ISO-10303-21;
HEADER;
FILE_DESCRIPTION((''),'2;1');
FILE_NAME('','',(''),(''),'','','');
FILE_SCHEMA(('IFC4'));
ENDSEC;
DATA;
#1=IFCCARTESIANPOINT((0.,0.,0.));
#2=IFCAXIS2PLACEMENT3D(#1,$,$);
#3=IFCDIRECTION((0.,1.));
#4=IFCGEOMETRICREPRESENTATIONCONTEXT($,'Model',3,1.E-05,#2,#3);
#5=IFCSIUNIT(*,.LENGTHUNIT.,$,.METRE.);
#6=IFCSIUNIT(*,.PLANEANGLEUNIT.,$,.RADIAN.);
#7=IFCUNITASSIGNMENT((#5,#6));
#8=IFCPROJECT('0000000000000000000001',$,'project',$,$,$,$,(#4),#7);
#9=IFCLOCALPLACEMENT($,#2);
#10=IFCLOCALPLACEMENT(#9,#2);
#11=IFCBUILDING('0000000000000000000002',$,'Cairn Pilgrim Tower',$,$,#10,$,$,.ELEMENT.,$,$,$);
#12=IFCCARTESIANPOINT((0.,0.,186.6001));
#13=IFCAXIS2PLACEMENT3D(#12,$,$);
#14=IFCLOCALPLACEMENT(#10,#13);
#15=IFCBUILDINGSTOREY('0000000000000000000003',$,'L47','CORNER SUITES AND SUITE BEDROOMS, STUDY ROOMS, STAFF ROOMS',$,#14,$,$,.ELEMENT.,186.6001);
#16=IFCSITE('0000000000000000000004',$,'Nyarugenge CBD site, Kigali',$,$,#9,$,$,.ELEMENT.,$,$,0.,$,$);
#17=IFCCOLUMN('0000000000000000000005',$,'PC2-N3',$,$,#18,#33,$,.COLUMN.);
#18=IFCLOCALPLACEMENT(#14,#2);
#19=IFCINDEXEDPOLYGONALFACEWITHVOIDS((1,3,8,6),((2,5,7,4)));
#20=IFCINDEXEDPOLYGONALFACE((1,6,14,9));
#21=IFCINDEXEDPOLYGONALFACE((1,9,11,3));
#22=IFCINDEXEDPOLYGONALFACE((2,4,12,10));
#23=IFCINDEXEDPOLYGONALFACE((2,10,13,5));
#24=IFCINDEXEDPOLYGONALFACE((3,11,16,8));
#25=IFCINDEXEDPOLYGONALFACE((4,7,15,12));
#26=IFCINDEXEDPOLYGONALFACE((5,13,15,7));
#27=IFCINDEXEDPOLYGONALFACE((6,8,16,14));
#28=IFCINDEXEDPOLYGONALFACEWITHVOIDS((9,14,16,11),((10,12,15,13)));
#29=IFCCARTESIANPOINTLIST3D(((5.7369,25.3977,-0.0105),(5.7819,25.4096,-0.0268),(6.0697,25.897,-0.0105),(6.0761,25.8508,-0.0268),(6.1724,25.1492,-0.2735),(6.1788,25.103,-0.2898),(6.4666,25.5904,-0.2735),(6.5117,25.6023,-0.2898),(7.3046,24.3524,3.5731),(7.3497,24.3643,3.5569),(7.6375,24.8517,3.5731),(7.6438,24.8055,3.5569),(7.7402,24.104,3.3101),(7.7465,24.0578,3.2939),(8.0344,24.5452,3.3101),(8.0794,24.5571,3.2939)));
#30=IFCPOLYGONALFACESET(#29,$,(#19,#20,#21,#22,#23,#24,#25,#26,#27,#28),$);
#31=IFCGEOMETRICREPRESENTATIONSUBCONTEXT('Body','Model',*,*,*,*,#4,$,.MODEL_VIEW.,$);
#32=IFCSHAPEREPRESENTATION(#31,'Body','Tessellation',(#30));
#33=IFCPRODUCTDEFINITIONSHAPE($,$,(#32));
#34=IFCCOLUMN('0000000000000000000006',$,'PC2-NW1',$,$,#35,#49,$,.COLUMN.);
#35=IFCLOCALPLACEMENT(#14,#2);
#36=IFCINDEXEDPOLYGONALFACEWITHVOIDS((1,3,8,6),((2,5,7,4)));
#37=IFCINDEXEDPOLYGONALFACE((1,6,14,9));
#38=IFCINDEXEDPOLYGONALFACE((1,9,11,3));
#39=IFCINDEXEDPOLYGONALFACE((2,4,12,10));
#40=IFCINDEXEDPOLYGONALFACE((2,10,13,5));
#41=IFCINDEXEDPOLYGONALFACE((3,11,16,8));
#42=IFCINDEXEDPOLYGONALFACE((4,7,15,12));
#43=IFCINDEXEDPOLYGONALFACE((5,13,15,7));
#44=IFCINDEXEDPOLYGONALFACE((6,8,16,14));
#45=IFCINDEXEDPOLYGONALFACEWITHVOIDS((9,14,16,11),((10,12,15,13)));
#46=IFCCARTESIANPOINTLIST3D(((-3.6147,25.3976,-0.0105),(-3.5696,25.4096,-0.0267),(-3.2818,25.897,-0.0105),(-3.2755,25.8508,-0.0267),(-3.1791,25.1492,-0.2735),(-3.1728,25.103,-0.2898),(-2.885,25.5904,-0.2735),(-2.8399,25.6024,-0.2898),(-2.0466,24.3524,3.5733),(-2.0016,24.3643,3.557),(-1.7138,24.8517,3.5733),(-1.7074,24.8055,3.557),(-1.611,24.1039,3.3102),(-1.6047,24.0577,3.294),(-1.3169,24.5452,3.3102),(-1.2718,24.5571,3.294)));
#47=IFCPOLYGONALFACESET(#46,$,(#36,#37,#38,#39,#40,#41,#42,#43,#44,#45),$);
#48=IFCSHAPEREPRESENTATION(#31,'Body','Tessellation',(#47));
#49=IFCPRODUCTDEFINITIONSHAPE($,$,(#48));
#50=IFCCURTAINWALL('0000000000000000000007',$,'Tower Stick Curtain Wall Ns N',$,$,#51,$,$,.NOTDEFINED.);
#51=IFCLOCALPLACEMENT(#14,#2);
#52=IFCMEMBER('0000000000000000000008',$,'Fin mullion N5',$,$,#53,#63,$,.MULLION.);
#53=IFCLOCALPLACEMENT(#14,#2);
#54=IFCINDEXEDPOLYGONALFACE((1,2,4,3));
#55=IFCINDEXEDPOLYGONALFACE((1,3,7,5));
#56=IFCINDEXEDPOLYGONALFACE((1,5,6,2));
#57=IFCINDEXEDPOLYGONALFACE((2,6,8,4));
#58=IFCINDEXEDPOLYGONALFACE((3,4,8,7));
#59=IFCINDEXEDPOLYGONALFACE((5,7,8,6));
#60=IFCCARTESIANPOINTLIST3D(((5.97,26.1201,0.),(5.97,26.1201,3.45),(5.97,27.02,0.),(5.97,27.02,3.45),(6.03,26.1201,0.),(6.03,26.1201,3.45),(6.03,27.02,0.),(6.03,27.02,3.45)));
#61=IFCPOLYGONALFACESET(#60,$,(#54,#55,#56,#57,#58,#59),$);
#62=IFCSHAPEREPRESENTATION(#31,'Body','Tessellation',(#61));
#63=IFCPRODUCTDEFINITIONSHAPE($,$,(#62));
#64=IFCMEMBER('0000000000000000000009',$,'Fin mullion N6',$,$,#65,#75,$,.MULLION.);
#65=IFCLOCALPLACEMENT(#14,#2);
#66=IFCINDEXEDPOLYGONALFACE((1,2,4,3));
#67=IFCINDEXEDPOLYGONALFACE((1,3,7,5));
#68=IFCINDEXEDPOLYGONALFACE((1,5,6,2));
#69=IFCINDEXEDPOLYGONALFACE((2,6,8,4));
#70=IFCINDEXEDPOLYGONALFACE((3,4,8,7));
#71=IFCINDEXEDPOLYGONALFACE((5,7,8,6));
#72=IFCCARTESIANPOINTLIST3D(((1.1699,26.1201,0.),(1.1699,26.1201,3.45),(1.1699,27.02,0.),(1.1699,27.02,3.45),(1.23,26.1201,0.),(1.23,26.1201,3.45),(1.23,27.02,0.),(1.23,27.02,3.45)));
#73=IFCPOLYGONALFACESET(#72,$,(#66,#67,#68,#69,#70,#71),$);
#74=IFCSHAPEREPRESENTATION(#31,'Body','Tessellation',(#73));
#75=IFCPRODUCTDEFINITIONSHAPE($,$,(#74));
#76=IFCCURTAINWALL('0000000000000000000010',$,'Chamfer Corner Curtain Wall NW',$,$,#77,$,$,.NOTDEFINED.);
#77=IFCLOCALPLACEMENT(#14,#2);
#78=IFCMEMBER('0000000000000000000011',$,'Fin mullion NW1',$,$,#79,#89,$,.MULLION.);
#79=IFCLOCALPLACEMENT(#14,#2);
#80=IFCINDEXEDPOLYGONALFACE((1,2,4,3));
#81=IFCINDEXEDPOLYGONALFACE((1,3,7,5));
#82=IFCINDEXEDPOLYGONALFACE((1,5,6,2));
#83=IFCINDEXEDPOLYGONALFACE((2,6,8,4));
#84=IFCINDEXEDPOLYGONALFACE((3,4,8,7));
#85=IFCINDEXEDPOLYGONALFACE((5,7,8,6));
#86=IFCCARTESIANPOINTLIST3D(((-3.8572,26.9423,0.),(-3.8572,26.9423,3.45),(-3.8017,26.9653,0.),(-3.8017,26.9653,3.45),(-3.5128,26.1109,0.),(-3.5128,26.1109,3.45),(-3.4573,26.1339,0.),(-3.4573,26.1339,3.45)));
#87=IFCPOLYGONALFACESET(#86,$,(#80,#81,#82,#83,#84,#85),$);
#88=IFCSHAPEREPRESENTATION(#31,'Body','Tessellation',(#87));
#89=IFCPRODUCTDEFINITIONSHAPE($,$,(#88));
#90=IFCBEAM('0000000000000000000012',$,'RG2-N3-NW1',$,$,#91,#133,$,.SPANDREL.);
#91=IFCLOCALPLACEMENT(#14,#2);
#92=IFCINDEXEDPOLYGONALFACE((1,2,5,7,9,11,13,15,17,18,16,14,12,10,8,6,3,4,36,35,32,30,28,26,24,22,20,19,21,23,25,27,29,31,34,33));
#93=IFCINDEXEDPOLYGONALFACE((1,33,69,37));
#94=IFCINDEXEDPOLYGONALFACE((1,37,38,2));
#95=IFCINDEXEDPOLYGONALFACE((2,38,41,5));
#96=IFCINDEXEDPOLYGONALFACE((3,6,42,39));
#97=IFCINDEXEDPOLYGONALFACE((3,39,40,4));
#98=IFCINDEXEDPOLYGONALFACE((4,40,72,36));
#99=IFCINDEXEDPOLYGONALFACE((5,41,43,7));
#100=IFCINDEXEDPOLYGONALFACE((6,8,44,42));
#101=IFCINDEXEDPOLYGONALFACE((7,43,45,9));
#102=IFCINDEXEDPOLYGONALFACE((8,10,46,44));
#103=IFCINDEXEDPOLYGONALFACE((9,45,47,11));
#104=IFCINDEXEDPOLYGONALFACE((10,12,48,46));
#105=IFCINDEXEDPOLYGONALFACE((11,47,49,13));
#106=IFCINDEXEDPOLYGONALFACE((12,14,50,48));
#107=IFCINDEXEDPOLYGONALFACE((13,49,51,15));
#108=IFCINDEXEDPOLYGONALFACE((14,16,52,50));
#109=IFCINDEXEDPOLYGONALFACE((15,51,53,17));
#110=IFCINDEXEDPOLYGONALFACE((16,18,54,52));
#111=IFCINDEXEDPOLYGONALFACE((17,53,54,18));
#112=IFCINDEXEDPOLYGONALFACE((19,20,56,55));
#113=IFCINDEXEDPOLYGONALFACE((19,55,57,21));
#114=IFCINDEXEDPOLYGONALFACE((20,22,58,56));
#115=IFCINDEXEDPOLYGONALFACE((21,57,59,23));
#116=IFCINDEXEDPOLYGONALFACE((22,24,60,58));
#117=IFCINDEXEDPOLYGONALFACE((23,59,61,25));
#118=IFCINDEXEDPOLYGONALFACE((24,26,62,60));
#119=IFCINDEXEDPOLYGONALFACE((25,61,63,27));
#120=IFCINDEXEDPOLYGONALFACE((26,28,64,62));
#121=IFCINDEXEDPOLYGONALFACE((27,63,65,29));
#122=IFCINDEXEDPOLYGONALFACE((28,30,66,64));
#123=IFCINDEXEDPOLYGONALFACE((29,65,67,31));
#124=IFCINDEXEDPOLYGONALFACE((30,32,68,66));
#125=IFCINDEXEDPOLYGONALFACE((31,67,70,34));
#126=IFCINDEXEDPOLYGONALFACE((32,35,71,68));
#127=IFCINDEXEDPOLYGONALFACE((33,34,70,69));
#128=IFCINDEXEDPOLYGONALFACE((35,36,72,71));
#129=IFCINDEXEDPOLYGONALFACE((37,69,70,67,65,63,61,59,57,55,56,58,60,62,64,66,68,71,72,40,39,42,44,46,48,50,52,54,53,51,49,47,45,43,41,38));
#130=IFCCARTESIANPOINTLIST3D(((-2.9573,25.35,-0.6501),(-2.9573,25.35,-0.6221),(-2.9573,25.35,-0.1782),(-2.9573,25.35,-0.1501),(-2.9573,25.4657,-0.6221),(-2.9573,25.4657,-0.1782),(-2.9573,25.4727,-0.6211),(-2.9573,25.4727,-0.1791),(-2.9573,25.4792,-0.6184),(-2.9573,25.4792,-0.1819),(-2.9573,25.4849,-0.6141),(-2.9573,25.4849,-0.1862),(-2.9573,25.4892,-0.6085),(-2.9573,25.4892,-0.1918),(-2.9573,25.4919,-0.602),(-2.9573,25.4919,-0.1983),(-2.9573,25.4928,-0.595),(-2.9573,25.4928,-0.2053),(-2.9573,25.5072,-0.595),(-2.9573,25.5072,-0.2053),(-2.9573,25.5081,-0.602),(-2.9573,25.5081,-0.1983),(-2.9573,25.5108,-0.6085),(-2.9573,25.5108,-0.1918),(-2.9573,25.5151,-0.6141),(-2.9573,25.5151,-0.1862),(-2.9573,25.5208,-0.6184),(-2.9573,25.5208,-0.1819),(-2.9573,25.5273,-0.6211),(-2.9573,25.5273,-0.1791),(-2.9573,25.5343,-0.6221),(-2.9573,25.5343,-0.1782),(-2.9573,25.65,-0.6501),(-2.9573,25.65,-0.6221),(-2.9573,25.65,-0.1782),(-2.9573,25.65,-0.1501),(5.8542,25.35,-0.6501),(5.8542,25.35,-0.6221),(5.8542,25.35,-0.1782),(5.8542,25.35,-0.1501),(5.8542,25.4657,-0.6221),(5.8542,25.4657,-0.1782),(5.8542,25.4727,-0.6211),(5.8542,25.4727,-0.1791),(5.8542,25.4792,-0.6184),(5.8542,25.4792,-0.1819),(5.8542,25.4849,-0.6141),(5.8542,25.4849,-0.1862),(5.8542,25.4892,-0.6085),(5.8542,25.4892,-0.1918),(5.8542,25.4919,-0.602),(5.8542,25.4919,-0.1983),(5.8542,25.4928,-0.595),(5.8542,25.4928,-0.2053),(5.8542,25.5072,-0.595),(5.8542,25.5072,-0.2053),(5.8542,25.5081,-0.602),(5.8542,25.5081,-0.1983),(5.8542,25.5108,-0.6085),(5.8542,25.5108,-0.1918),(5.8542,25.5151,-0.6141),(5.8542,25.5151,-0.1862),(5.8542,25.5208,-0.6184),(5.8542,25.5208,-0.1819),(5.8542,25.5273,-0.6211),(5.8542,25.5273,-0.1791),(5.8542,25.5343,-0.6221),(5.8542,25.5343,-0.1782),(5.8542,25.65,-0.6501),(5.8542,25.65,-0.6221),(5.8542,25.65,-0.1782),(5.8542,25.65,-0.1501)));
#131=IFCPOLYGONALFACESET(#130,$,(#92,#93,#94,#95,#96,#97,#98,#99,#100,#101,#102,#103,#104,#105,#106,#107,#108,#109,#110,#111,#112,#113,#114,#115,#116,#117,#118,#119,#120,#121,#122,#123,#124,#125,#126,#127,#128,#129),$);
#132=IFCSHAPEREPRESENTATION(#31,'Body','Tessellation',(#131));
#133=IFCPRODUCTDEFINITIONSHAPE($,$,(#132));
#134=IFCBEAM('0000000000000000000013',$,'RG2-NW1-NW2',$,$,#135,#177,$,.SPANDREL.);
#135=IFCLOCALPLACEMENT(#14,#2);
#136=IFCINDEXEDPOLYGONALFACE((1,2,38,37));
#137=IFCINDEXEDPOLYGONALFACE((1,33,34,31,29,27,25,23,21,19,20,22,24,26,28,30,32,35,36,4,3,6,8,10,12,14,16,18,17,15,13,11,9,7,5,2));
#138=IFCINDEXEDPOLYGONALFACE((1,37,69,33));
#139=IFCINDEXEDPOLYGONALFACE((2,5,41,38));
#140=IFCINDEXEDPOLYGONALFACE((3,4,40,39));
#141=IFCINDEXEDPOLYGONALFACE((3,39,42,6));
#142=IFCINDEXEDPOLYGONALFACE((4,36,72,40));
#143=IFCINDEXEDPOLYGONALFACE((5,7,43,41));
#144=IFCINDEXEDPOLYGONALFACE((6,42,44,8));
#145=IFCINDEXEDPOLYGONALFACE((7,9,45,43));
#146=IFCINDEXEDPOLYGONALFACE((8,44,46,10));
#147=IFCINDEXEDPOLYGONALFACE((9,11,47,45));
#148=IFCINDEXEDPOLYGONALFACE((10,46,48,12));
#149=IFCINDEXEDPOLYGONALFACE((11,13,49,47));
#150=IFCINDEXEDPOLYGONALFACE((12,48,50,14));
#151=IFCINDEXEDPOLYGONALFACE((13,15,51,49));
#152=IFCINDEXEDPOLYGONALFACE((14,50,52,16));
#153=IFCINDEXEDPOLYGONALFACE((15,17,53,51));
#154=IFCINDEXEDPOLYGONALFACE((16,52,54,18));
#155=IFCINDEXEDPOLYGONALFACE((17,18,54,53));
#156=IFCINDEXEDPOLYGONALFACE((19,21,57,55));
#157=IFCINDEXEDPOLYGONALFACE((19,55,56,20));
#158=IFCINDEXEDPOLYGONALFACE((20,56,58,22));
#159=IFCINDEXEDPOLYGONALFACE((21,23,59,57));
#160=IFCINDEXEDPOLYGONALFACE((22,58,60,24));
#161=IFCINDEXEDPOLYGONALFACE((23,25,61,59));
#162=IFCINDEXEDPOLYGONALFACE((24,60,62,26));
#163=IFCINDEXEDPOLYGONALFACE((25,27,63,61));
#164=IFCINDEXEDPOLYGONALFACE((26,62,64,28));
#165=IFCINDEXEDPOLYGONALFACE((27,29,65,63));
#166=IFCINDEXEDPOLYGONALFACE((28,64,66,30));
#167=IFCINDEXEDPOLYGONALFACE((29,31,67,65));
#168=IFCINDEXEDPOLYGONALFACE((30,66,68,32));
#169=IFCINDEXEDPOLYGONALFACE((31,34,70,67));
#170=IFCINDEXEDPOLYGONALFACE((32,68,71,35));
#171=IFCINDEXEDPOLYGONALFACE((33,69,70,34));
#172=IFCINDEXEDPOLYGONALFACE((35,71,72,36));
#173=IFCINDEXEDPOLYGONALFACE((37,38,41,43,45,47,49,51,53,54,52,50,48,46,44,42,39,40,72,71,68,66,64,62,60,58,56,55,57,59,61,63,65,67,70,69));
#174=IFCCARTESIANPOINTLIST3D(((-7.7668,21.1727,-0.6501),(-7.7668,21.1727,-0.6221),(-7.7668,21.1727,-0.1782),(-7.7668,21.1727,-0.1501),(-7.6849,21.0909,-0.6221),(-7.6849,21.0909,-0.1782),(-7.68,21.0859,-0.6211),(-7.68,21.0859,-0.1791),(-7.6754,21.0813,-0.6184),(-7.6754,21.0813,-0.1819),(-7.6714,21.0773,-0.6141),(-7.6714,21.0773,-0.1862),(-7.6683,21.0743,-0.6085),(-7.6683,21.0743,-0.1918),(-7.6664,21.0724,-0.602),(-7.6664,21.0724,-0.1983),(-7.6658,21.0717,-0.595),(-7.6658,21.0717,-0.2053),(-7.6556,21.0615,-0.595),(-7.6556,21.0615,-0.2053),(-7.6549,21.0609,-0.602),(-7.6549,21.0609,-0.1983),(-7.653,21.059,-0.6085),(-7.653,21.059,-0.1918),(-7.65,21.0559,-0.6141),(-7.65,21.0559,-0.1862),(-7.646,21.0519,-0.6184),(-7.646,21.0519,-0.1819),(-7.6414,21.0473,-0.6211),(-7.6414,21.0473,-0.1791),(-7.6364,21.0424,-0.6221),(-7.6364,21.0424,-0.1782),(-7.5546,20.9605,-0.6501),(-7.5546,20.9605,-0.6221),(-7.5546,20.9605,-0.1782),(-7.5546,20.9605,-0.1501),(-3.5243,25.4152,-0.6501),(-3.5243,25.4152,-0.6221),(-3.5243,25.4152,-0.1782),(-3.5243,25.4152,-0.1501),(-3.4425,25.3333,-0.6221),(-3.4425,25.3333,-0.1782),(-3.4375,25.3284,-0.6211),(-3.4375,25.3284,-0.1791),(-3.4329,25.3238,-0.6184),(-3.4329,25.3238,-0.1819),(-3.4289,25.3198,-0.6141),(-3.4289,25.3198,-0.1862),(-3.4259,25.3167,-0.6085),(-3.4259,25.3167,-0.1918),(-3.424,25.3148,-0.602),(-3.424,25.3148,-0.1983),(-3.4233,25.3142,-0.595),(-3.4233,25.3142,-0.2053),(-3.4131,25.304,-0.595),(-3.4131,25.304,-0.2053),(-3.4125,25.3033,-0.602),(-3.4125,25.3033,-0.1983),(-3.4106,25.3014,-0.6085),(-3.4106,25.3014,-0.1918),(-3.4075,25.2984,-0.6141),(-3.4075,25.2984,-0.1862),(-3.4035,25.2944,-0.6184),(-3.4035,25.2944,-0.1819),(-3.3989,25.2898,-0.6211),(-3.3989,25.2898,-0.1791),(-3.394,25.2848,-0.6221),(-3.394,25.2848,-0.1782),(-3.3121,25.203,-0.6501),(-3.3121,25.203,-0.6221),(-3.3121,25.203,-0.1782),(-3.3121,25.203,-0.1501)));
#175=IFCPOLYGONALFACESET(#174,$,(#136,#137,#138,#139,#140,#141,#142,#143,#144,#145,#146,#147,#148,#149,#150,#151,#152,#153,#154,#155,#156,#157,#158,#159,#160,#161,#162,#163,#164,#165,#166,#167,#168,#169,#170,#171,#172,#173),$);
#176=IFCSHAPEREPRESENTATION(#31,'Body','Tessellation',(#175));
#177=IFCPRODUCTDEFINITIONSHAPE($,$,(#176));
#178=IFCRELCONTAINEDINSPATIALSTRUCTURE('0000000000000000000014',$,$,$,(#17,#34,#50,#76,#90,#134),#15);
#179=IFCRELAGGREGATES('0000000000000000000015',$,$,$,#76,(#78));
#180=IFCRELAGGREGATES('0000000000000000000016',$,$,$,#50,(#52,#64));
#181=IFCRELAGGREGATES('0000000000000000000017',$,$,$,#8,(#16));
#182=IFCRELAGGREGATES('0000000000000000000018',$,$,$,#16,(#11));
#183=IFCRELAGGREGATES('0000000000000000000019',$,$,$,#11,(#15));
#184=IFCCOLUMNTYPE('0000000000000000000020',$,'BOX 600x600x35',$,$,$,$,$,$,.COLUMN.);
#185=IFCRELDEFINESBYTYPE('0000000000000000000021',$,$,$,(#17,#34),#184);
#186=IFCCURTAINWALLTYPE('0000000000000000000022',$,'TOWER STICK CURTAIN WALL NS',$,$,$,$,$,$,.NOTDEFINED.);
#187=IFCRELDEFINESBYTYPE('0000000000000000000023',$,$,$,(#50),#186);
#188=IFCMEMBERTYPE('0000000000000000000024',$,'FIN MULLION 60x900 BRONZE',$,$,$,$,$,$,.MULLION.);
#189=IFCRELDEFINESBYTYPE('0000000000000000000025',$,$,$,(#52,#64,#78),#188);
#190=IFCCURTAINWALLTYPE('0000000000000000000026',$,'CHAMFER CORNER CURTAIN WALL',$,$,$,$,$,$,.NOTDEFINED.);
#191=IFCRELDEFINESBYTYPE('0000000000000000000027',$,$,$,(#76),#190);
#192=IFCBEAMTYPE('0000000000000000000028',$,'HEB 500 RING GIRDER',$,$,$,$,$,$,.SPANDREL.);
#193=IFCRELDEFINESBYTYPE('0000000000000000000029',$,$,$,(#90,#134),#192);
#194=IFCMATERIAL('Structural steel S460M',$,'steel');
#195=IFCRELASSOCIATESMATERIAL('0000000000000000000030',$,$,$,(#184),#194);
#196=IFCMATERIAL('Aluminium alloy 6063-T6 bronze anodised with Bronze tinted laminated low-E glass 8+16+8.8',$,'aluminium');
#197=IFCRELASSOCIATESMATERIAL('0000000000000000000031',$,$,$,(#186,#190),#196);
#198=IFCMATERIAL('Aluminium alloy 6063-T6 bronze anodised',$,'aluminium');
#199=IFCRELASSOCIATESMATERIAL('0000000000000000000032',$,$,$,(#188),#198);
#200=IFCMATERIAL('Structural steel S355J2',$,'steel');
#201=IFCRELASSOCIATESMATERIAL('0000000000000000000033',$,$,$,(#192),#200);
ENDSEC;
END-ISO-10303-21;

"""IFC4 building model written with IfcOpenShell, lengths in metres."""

from ifc_helpers import new_model, si_unit, direction, frame, origin, origin_2d, place, context, subcontext, project, spatial, rectangle, hollow_rectangle, i_section, extrude, clip, halfspace, material, material_profile, profile_set, type_object, element, aggregate, save


model = new_model("IFC4")

# Units and contexts
model_context = context("Model", 3, precision=1e-05, world=origin(), true_north=direction((0.0, 1.0)))
body_context = subcontext(model_context, "Body", "Model", "MODEL_VIEW")
ifc_project = project(units=[si_unit("LENGTHUNIT", "METRE"), si_unit("PLANEANGLEUNIT", "RADIAN")], contexts=[model_context])

# Site, building, storey
site_placement = place(None, origin())
site = spatial("IfcSite", under=ifc_project, at=site_placement, Name="Nyarugenge CBD site, Kigali", CompositionType="ELEMENT", RefElevation=0.0)
building_placement = place(site_placement, origin())
building = spatial("IfcBuilding", under=site, at=building_placement, Name="Cairn Pilgrim Tower", CompositionType="ELEMENT")
storey_placement = place(building_placement, frame((0.0, 0.0, 186.6001)))
storey = spatial("IfcBuildingStorey", under=building, at=storey_placement, Name="L47", Description="CORNER SUITES AND SUITE BEDROOMS, STUDY ROOMS, STAFF ROOMS", CompositionType="ELEMENT", Elevation=186.6001)

# Columns
ifc_material_1 = material(Name="Structural steel S460M", Category="steel")
ifc_material_profile_1 = material_profile(ifc_material_1, hollow_rectangle(XDim=0.6001, YDim=0.6001, WallThickness=0.0349, at=origin_2d()), Name="BOX 600x600x35")
ifc_profile_set_1 = profile_set([ifc_material_profile_1], Name="Structural steel S460M")
column_type = type_object("IfcColumnType", Name="BOX 600x600x35", PredefinedType="COLUMN", material=ifc_profile_set_1)
column_1_placement = place(storey_placement, frame((6.1243, 25.5, -0.1501), z_axis=(0.387213, -0.258162, 0.885109), x_axis=(0.55473, 0.83203, 0.0)))
element("IfcColumn", 1, at=column_1_placement, inside=storey, type_object=column_type, Name="PC2-N3", PredefinedType="COLUMN", context=body_context, shape_type="Clipping", body=[
    clip(extrude(hollow_rectangle(XDim=0.6001, YDim=0.6001, WallThickness=0.0349, at=origin_2d()), origin(), (0.0, 0.0, 1.0), 4.0674), halfspace(frame((0.0, 0.0, 4.0488), z_axis=(0.0, 0.0, 1.0), x_axis=(1.0, 0.0, 0.0)), False)),
])
column_2_placement = place(storey_placement, frame((-3.2273, 25.5, -0.1501), z_axis=(0.387264, -0.258156, 0.885089), x_axis=(0.55467, 0.83207, 0.0)))
element("IfcColumn", 2, at=column_2_placement, inside=storey, type_object=column_type, Name="PC2-NW1", PredefinedType="COLUMN", context=body_context, shape_type="Clipping", body=[
    clip(extrude(hollow_rectangle(XDim=0.6001, YDim=0.6001, WallThickness=0.0349, at=origin_2d()), origin(), (0.0, 0.0, 1.0), 4.0674), halfspace(frame((0.0, 0.0, 4.0491), z_axis=(0.0, 0.0, 1.0), x_axis=(1.0, 0.0, 0.0)), False)),
])

# Curtain wall, members
ifc_material_2 = material(Name="Aluminium alloy 6063-T6 bronze anodised with Bronze tinted laminated low-E glass 8+16+8.8", Category="aluminium")
curtain_wall_type_1 = type_object("IfcCurtainWallType", Name="TOWER STICK CURTAIN WALL NS", PredefinedType="NOTDEFINED", material=ifc_material_2)
curtain_wall_1_placement = place(storey_placement, origin())
curtain_wall_1 = element("IfcCurtainWall", 3, at=curtain_wall_1_placement, inside=storey, type_object=curtain_wall_type_1, Name="Tower Stick Curtain Wall Ns N", PredefinedType="NOTDEFINED")
ifc_material_3 = material(Name="Aluminium alloy 6063-T6 bronze anodised", Category="aluminium")
ifc_material_profile_2 = material_profile(ifc_material_3, rectangle(XDim=0.8999, YDim=0.0601, at=origin_2d()), Name="FIN MULLION 60x900 BRONZE")
ifc_profile_set_2 = profile_set([ifc_material_profile_2], Name="Aluminium alloy 6063-T6 bronze anodised")
member_type_1 = type_object("IfcMemberType", Name="FIN MULLION 60x900 BRONZE", PredefinedType="MULLION", material=ifc_profile_set_2)
member_1_placement = place(storey_placement, frame((6.0, 26.5701, 0.0), z_axis=(0.0, 0.0, 1.0), x_axis=(0.0, 1.0, 0.0)))
member_1 = element("IfcMember", 4, at=member_1_placement, type_object=member_type_1, Name="Fin mullion N5", PredefinedType="MULLION", context=body_context, shape_type="SweptSolid", body=[
    extrude(rectangle(XDim=0.8999, YDim=0.0601, at=origin_2d()), origin(), (0.0, 0.0, 1.0), 3.45),
])
member_2_placement = place(storey_placement, frame((1.2, 26.5701, 0.0), z_axis=(0.0, 0.0, 1.0), x_axis=(0.0, 1.0, 0.0)))
member_2 = element("IfcMember", 5, at=member_2_placement, type_object=member_type_1, Name="Fin mullion N6", PredefinedType="MULLION", context=body_context, shape_type="SweptSolid", body=[
    extrude(rectangle(XDim=0.8999, YDim=0.0601, at=origin_2d()), origin(), (0.0, 0.0, 1.0), 3.45),
])

# Curtain wall, member
curtain_wall_type_2 = type_object("IfcCurtainWallType", Name="CHAMFER CORNER CURTAIN WALL", PredefinedType="NOTDEFINED", material=ifc_material_2)
curtain_wall_2_placement = place(storey_placement, origin())
curtain_wall_2 = element("IfcCurtainWall", 6, at=curtain_wall_2_placement, inside=storey, type_object=curtain_wall_type_2, Name="Chamfer Corner Curtain Wall NW", PredefinedType="NOTDEFINED")
member_3_placement = place(storey_placement, frame((-3.6572, 26.5381, 0.0), z_axis=(0.0, 0.0, 1.0), x_axis=(-0.382683, 0.92388, 0.0)))
member_3 = element("IfcMember", 7, at=member_3_placement, type_object=member_type_1, Name="Fin mullion NW1", PredefinedType="MULLION", context=body_context, shape_type="SweptSolid", body=[
    extrude(rectangle(XDim=0.8999, YDim=0.0601, at=origin_2d()), origin(), (0.0, 0.0, 1.0), 3.45),
])
aggregate(curtain_wall_2, [member_3])

# Beams
ifc_material_4 = material(Name="Structural steel S355J2", Category="steel")
ifc_material_profile_3 = material_profile(ifc_material_4, i_section(OverallWidth=0.3, OverallDepth=0.5, WebThickness=0.0144, FlangeThickness=0.0281, FilletRadius=0.0271, at=origin_2d()), Name="HEB 500")
ifc_profile_set_3 = profile_set([ifc_material_profile_3], Name="Structural steel S355J2")
beam_type_1 = type_object("IfcBeamType", Name="HEB 500 RING GIRDER", PredefinedType="SPANDREL", material=ifc_profile_set_3)
beam_1_placement = place(storey_placement, frame((5.8542, 25.5, -0.4001), z_axis=(-1.0, 0.0, 0.0), x_axis=(0.0, -1.0, 0.0)))
element("IfcBeam", 8, at=beam_1_placement, inside=storey, type_object=beam_type_1, Name="RG2-N3-NW1", PredefinedType="SPANDREL", context=body_context, shape_type="SweptSolid", body=[
    extrude(i_section(OverallWidth=0.3, OverallDepth=0.5, WebThickness=0.0144, FlangeThickness=0.0281, FilletRadius=0.0271, at=origin_2d()), origin(), (0.0, 0.0, 1.0), 8.8115),
])
beam_2_placement = place(storey_placement, frame((-3.4182, 25.3091, -0.4001), z_axis=(-0.707107, -0.707107, 0.0), x_axis=(0.707107, -0.707107, 0.0)))
element("IfcBeam", 9, at=beam_2_placement, inside=storey, type_object=beam_type_1, Name="RG2-NW1-NW2", PredefinedType="SPANDREL", context=body_context, shape_type="SweptSolid", body=[
    extrude(i_section(OverallWidth=0.3, OverallDepth=0.5, WebThickness=0.0144, FlangeThickness=0.0281, FilletRadius=0.0271, at=origin_2d()), origin(), (0.0, 0.0, 1.0), 5.9998),
])

aggregate(curtain_wall_1, [member_1, member_2])

save(model, "model.ifc")
